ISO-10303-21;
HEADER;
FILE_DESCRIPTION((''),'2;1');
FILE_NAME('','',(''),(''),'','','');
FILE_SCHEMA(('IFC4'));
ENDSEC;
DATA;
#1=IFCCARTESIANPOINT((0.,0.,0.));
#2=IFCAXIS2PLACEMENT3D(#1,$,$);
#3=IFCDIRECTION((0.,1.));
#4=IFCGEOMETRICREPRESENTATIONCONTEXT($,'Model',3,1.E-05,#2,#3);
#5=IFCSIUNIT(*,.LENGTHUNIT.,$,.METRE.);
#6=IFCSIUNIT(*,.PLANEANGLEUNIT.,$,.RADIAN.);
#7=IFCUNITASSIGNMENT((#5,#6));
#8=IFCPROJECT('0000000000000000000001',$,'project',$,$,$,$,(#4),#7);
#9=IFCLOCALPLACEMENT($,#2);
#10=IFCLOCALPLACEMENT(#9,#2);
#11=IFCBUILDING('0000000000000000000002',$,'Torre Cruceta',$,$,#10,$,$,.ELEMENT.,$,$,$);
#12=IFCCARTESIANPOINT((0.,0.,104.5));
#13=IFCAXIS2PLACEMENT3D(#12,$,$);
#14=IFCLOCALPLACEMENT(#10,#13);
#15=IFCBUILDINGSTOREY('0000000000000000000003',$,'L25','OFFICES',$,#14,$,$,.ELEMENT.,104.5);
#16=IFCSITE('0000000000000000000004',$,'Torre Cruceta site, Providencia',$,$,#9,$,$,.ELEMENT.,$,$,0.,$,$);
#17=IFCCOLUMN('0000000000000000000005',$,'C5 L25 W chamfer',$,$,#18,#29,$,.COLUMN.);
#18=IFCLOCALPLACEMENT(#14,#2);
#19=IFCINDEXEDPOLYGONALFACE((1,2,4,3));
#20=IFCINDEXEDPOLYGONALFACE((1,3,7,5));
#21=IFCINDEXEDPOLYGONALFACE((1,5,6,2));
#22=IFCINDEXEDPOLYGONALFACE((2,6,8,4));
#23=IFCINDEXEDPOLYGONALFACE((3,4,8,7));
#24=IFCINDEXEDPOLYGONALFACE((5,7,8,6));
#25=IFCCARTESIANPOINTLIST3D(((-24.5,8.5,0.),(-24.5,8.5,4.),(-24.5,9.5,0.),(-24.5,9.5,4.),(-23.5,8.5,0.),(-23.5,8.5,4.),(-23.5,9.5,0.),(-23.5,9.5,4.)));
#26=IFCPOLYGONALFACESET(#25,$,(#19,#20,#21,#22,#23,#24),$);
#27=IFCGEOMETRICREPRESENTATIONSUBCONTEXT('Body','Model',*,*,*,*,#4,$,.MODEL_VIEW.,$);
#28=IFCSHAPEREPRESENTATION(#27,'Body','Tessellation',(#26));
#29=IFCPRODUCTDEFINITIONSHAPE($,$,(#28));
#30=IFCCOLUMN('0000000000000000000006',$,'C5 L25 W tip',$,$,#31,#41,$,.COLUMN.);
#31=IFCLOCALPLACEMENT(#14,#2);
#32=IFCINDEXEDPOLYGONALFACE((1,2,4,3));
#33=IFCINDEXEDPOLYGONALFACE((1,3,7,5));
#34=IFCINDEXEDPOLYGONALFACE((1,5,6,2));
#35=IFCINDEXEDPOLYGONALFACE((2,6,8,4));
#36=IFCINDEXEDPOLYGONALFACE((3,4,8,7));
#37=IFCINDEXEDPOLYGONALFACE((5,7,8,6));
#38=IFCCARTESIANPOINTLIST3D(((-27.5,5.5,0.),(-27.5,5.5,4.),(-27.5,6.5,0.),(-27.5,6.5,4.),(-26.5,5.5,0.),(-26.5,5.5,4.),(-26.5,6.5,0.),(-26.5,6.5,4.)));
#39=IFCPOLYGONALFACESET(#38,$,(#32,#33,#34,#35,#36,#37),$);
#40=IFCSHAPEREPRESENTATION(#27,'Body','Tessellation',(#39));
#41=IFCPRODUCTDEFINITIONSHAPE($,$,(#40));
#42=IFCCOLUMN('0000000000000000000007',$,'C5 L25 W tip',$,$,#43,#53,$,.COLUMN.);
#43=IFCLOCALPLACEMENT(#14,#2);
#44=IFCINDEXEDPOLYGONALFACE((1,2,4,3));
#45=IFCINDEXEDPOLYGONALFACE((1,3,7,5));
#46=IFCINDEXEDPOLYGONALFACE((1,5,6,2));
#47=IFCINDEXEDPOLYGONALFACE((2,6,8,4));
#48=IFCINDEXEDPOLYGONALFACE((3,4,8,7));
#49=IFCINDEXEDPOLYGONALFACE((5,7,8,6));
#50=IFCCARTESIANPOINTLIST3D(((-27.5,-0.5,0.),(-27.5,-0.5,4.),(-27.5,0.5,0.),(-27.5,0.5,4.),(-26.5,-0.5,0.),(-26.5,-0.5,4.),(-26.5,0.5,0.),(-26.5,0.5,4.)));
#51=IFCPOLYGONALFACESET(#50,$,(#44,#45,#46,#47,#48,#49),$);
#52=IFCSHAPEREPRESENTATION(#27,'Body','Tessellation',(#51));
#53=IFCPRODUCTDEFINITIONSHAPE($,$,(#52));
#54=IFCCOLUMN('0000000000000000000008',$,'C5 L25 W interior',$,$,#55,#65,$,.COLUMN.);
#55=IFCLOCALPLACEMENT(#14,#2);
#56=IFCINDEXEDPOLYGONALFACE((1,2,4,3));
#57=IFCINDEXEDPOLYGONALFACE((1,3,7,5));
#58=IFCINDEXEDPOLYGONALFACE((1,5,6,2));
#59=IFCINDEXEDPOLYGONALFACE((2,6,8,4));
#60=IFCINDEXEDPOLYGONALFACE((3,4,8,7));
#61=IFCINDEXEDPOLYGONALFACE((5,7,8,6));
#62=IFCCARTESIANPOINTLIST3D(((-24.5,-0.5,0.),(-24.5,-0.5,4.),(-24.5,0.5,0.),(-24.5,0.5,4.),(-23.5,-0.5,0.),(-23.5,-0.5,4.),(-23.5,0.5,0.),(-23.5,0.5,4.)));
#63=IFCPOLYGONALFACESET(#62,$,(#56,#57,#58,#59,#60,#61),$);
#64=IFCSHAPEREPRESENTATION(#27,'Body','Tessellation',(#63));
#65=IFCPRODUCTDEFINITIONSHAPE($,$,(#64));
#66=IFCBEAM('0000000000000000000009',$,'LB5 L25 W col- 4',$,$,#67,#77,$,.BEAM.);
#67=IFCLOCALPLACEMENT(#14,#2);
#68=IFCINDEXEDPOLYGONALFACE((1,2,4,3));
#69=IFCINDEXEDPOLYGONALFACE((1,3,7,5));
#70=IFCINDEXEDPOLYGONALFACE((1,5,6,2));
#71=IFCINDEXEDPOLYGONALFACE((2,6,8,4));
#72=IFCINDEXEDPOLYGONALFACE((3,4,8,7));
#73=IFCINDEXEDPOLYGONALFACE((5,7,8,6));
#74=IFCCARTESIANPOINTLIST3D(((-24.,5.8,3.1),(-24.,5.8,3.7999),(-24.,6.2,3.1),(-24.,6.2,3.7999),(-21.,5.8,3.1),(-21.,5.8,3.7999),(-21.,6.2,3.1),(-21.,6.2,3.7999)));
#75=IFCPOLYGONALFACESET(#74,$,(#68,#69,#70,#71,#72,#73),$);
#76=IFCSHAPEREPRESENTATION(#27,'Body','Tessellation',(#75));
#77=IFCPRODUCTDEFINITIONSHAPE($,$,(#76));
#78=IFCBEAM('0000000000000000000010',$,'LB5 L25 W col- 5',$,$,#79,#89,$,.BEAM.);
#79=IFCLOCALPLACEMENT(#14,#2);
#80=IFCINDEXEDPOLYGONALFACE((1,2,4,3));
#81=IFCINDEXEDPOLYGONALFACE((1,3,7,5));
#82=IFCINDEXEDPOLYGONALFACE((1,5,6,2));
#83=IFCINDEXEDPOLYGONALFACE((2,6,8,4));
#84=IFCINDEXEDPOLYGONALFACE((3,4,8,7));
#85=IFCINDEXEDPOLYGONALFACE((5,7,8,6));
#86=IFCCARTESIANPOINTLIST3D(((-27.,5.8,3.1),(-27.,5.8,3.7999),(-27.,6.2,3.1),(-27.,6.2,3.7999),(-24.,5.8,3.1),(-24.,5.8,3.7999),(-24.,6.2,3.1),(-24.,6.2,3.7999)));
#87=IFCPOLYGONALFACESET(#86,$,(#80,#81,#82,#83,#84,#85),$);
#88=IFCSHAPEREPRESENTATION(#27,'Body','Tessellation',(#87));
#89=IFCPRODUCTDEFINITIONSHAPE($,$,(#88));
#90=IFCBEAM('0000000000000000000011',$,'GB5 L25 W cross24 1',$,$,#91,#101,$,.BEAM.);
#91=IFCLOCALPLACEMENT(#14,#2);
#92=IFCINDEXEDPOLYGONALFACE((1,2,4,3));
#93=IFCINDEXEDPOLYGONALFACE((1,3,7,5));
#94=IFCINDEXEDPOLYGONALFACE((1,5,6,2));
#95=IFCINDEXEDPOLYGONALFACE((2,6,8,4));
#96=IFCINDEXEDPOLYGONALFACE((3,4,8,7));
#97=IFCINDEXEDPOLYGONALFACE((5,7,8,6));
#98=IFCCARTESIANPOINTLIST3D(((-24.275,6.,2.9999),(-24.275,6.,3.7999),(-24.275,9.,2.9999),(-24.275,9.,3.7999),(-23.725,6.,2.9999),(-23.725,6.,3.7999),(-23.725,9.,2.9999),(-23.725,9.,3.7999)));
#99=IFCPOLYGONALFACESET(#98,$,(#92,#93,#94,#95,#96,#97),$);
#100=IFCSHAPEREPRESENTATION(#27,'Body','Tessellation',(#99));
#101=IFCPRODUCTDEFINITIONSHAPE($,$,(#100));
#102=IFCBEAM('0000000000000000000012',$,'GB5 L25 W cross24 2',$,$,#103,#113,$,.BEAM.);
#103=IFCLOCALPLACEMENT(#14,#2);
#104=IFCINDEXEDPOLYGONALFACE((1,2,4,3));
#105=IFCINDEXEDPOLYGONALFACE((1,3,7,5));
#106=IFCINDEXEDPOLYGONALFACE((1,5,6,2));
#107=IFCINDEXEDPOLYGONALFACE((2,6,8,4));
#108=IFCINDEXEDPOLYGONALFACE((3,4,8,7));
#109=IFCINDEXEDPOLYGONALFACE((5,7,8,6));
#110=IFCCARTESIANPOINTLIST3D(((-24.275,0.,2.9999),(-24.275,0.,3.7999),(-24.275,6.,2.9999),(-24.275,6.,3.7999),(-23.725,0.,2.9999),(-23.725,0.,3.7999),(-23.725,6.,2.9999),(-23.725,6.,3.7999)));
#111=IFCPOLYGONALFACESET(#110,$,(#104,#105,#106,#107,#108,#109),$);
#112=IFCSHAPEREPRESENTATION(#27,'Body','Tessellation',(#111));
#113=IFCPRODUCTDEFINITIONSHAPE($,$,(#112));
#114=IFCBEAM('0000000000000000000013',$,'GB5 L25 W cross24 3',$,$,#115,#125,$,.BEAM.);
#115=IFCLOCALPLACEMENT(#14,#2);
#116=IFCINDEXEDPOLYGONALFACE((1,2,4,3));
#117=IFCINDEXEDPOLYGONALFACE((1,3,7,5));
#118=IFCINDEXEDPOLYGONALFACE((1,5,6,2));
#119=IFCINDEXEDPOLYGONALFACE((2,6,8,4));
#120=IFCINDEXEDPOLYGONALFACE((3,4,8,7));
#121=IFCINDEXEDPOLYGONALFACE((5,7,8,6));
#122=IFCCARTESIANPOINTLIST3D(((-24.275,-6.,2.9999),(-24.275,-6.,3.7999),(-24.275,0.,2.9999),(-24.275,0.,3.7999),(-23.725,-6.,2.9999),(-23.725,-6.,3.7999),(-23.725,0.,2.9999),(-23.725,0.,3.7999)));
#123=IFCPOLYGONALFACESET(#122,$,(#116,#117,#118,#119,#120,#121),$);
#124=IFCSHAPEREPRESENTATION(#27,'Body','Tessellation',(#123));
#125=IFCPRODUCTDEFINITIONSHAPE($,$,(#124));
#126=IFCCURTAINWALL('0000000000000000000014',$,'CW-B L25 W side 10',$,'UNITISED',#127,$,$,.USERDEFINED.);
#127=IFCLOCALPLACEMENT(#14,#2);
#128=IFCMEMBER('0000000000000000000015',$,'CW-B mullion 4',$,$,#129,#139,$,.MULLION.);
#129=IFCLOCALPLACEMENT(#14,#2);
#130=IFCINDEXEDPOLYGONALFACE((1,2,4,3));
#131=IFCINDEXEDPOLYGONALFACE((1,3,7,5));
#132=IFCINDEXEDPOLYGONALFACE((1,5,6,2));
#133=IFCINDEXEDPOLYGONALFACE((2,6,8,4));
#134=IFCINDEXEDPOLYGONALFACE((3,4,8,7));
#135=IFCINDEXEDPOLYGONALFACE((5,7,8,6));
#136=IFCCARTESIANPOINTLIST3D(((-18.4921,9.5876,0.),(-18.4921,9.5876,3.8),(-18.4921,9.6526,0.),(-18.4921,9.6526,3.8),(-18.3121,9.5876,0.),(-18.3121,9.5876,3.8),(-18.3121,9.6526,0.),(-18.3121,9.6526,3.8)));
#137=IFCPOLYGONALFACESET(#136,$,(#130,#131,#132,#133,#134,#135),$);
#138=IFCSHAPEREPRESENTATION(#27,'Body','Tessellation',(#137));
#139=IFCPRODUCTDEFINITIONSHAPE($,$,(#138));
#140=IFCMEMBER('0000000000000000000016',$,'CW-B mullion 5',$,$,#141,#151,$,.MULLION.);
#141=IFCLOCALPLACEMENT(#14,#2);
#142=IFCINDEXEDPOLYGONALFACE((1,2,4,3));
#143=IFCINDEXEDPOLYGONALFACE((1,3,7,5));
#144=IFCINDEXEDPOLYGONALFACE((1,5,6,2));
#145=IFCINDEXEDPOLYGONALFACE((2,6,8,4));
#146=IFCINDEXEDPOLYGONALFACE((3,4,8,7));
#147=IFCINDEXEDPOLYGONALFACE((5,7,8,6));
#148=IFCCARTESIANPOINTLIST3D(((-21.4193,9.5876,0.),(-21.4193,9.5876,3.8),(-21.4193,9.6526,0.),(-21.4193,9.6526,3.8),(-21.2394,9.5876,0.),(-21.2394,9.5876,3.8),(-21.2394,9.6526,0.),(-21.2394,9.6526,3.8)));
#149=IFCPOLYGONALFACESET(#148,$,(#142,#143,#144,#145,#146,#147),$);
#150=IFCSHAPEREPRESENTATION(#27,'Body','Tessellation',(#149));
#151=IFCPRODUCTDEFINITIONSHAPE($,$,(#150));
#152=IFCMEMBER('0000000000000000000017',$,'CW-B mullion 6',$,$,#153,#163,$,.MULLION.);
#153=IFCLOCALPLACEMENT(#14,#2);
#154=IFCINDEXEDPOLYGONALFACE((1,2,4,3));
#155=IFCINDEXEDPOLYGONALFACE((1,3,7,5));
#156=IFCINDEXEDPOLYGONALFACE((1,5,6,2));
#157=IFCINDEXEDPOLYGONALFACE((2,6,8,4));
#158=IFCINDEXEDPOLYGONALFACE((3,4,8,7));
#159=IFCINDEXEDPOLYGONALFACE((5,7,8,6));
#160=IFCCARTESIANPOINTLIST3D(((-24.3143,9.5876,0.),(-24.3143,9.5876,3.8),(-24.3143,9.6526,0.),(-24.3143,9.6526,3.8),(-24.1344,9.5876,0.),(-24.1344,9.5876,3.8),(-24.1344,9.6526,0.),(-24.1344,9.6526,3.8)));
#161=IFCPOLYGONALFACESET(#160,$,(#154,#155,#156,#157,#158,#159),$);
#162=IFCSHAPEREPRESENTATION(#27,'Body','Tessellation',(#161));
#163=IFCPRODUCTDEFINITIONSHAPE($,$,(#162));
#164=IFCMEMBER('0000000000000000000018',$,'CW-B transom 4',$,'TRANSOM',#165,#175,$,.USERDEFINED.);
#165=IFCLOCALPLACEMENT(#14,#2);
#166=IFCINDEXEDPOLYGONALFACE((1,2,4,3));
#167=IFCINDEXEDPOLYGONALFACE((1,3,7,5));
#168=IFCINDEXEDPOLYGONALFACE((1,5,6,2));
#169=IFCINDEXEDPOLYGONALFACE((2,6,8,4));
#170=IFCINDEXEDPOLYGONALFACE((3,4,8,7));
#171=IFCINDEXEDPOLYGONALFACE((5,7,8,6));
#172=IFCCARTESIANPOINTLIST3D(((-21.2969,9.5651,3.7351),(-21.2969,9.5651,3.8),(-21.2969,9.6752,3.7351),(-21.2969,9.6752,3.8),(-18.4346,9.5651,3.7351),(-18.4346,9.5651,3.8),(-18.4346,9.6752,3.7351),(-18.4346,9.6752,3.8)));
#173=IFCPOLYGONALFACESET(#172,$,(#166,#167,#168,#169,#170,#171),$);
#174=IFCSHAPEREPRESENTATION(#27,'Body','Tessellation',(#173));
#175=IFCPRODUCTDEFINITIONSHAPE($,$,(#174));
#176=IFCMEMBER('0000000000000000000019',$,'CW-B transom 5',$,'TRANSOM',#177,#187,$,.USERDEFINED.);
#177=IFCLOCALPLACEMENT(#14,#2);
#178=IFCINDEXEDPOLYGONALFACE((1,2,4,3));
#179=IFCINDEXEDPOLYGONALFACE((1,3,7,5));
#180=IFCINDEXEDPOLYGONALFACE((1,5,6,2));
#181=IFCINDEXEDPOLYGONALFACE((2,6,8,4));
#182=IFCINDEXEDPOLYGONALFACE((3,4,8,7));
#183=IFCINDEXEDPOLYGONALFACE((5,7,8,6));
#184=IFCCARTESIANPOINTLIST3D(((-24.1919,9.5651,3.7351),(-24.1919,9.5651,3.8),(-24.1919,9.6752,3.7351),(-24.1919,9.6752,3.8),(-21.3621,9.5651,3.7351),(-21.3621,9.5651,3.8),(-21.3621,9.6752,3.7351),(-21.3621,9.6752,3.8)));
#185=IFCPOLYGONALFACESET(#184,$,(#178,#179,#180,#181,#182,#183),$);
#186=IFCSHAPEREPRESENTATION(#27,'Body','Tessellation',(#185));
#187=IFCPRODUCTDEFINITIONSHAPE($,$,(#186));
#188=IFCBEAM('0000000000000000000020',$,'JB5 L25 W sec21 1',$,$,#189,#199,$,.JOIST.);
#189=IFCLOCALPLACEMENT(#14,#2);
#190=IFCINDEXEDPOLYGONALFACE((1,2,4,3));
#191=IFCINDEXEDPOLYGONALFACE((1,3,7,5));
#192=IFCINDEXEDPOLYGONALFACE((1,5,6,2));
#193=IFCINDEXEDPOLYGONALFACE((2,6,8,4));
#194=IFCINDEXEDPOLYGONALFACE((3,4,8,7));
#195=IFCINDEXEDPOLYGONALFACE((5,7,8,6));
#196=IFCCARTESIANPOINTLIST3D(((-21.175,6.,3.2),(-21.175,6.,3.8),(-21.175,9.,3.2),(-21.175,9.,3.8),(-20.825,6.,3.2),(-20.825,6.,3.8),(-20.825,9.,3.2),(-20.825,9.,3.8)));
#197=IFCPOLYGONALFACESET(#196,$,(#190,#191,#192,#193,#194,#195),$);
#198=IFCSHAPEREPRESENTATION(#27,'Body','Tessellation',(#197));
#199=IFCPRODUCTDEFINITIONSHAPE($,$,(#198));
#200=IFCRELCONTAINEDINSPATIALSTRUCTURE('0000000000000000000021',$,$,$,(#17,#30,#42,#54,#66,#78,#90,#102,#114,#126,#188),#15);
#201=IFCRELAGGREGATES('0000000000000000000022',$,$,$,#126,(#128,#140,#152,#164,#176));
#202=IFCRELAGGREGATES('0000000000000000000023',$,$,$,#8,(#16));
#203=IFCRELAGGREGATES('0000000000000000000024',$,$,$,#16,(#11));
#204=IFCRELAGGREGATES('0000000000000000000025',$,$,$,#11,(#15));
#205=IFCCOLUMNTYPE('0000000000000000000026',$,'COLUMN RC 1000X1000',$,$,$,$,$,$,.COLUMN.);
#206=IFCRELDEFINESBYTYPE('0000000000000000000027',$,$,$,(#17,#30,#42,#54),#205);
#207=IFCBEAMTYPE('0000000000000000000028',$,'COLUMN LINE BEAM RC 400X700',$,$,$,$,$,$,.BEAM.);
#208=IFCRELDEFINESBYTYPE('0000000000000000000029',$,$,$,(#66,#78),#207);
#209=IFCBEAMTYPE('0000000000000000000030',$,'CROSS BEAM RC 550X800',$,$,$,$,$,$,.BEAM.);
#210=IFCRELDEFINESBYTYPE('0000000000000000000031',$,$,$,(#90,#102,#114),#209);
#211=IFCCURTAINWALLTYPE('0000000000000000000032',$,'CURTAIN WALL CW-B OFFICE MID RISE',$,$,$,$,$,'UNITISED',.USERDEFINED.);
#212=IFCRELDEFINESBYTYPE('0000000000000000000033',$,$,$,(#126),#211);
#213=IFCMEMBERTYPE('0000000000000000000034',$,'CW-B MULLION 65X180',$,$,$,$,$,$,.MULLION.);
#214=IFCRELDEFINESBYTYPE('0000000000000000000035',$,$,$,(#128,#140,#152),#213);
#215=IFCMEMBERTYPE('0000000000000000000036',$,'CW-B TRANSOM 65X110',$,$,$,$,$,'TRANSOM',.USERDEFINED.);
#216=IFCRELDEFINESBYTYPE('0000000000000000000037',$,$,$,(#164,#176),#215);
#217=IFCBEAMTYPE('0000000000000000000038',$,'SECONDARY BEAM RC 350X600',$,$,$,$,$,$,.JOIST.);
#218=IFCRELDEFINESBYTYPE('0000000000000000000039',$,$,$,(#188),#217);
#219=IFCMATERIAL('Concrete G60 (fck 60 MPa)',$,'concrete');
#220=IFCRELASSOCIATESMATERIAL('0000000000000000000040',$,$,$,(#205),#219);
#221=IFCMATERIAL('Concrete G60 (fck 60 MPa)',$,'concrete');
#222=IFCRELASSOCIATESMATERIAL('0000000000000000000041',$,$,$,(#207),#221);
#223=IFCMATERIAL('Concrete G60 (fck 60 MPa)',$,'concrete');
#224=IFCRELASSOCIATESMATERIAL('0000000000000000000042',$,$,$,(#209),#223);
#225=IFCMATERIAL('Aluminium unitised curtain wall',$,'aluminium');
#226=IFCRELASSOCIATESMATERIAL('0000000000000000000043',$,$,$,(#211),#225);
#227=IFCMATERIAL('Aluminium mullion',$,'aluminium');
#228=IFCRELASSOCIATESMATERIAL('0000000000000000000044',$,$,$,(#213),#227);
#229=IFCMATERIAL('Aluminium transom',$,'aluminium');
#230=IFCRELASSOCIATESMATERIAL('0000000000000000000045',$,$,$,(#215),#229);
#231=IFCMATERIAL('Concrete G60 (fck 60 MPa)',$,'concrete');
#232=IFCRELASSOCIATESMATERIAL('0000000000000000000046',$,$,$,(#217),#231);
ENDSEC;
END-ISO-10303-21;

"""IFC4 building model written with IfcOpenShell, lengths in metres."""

from ifc_helpers import new_model, si_unit, direction, frame, origin, origin_2d, place, context, subcontext, project, spatial, rectangle, extrude, material, material_profile, profile_set, type_object, element, aggregate, save


model = new_model("IFC4")

# Units and contexts
model_context = context("Model", 3, precision=1e-05, world=origin(), true_north=direction((0.0, 1.0)))
body_context = subcontext(model_context, "Body", "Model", "MODEL_VIEW")
ifc_project = project(units=[si_unit("LENGTHUNIT", "METRE"), si_unit("PLANEANGLEUNIT", "RADIAN")], contexts=[model_context])

# Site, building, storey
site_placement = place(None, origin())
site = spatial("IfcSite", under=ifc_project, at=site_placement, Name="Torre Cruceta site, Providencia", CompositionType="ELEMENT", RefElevation=0.0)
building_placement = place(site_placement, origin())
building = spatial("IfcBuilding", under=site, at=building_placement, Name="Torre Cruceta", CompositionType="ELEMENT")
storey_placement = place(building_placement, frame((0.0, 0.0, 104.5)))
storey = spatial("IfcBuildingStorey", under=building, at=storey_placement, Name="L25", Description="OFFICES", CompositionType="ELEMENT", Elevation=104.5)

# Columns
ifc_material_1 = material(Name="Concrete G60 (fck 60 MPa)", Category="concrete")
ifc_material_profile_1 = material_profile(ifc_material_1, rectangle(XDim=1.0, YDim=1.0, at=origin_2d()), Name="RC 1000X1000")
ifc_profile_set_1 = profile_set([ifc_material_profile_1], Name="Concrete G60 (fck 60 MPa)")
column_type = type_object("IfcColumnType", Name="COLUMN RC 1000X1000", PredefinedType="COLUMN", material=ifc_profile_set_1)
for number, where, z_axis, x_axis, name in (
    (1, (-24.0, 9.0, 0.0), (0.0, 0.0, 1.0), (1.0, 0.0, 0.0), "C5 L25 W chamfer"),
    (2, (-27.0, 6.0, 0.0), (0.0, 0.0, 1.0), (1.0, 0.0, 0.0), "C5 L25 W tip"),
    (3, (-27.0, 0.0, 0.0), (0.0, 0.0, 1.0), (1.0, 0.0, 0.0), "C5 L25 W tip"),
    (4, (-24.0, 0.0, 0.0), (0.0, 0.0, 1.0), (1.0, 0.0, 0.0), "C5 L25 W interior"),
):
    element("IfcColumn", number, at=place(storey_placement, frame(where, z_axis=z_axis, x_axis=x_axis)), inside=storey, type_object=column_type, Name=name, PredefinedType="COLUMN", context=body_context, shape_type="SweptSolid", body=[
        extrude(rectangle(XDim=1.0, YDim=1.0, at=origin_2d()), origin(), (0.0, 0.0, 1.0), 4.0),
    ])

# Beams
ifc_material_2 = material(Name="Concrete G60 (fck 60 MPa)", Category="concrete")
ifc_material_profile_2 = material_profile(ifc_material_2, rectangle(XDim=0.3999, YDim=0.7, at=origin_2d()), Name="RC 400X700")
ifc_profile_set_2 = profile_set([ifc_material_profile_2], Name="Concrete G60 (fck 60 MPa)")
beam_type_1 = type_object("IfcBeamType", Name="COLUMN LINE BEAM RC 400X700", PredefinedType="BEAM", material=ifc_profile_set_2)
for number, where, z_axis, x_axis, name in (
    (5, (-21.0, 6.0, 3.45), (-1.0, 0.0, 0.0), (0.0, -1.0, 0.0), "LB5 L25 W col- 4"),
    (6, (-24.0, 6.0, 3.45), (-1.0, 0.0, 0.0), (0.0, -1.0, 0.0), "LB5 L25 W col- 5"),
):
    element("IfcBeam", number, at=place(storey_placement, frame(where, z_axis=z_axis, x_axis=x_axis)), inside=storey, type_object=beam_type_1, Name=name, PredefinedType="BEAM", context=body_context, shape_type="SweptSolid", body=[
        extrude(rectangle(XDim=0.3999, YDim=0.7, at=origin_2d()), origin(), (0.0, 0.0, 1.0), 3.0),
    ])
ifc_material_3 = material(Name="Concrete G60 (fck 60 MPa)", Category="concrete")
ifc_material_profile_3 = material_profile(ifc_material_3, rectangle(XDim=0.55, YDim=0.8, at=origin_2d()), Name="RC 550X800")
ifc_profile_set_3 = profile_set([ifc_material_profile_3], Name="Concrete G60 (fck 60 MPa)")
beam_type_2 = type_object("IfcBeamType", Name="CROSS BEAM RC 550X800", PredefinedType="BEAM", material=ifc_profile_set_3)
beam_1_placement = place(storey_placement, frame((-24.0, 9.0, 3.3999), z_axis=(0.0, -1.0, 0.0), x_axis=(1.0, 0.0, 0.0)))
element("IfcBeam", 7, at=beam_1_placement, inside=storey, type_object=beam_type_2, Name="GB5 L25 W cross24 1", PredefinedType="BEAM", context=body_context, shape_type="SweptSolid", body=[
    extrude(rectangle(XDim=0.55, YDim=0.8, at=origin_2d()), origin(), (0.0, 0.0, 1.0), 3.0),
])
for number, where, z_axis, x_axis, name in (
    (8, (-24.0, 6.0, 3.3999), (0.0, -1.0, 0.0), (1.0, 0.0, 0.0), "GB5 L25 W cross24 2"),
    (9, (-24.0, 0.0, 3.3999), (0.0, -1.0, 0.0), (1.0, 0.0, 0.0), "GB5 L25 W cross24 3"),
):
    element("IfcBeam", number, at=place(storey_placement, frame(where, z_axis=z_axis, x_axis=x_axis)), inside=storey, type_object=beam_type_2, Name=name, PredefinedType="BEAM", context=body_context, shape_type="SweptSolid", body=[
        extrude(rectangle(XDim=0.55, YDim=0.8, at=origin_2d()), origin(), (0.0, 0.0, 1.0), 6.0),
    ])

# Curtain wall, members
ifc_material_4 = material(Name="Aluminium unitised curtain wall", Category="aluminium")
curtain_wall_type = type_object("IfcCurtainWallType", Name="CURTAIN WALL CW-B OFFICE MID RISE", ElementType="UNITISED", PredefinedType="USERDEFINED", material=ifc_material_4)
curtain_wall_placement = place(storey_placement, origin())
curtain_wall = element("IfcCurtainWall", 10, at=curtain_wall_placement, inside=storey, type_object=curtain_wall_type, Name="CW-B L25 W side 10", ObjectType="UNITISED", PredefinedType="USERDEFINED")
ifc_material_5 = material(Name="Aluminium mullion", Category="aluminium")
ifc_material_profile_4 = material_profile(ifc_material_5, rectangle(XDim=0.0649, YDim=0.1799, at=origin_2d()), Name="AL 65X180")
ifc_profile_set_4 = profile_set([ifc_material_profile_4], Name="Aluminium mullion")
member_type_1 = type_object("IfcMemberType", Name="CW-B MULLION 65X180", PredefinedType="MULLION", material=ifc_profile_set_4)
member_1_placement = place(storey_placement, frame((-18.4021, 9.6201, 0.0), z_axis=(0.0, 0.0, 1.0), x_axis=(0.0, -1.0, 0.0)))
member_1 = element("IfcMember", 11, at=member_1_placement, type_object=member_type_1, Name="CW-B mullion 4", PredefinedType="MULLION", context=body_context, shape_type="SweptSolid", body=[
    extrude(rectangle(XDim=0.0649, YDim=0.1799, at=origin_2d()), origin(), (0.0, 0.0, 1.0), 3.8),
])
member_2_placement = place(storey_placement, frame((-21.3293, 9.6201, 0.0), z_axis=(0.0, 0.0, 1.0), x_axis=(0.0, -1.0, 0.0)))
member_2 = element("IfcMember", 12, at=member_2_placement, type_object=member_type_1, Name="CW-B mullion 5", PredefinedType="MULLION", context=body_context, shape_type="SweptSolid", body=[
    extrude(rectangle(XDim=0.0649, YDim=0.1799, at=origin_2d()), origin(), (0.0, 0.0, 1.0), 3.8),
])
member_3_placement = place(storey_placement, frame((-24.2244, 9.6201, 0.0), z_axis=(0.0, 0.0, 1.0), x_axis=(0.0, -1.0, 0.0)))
member_3 = element("IfcMember", 13, at=member_3_placement, type_object=member_type_1, Name="CW-B mullion 6", PredefinedType="MULLION", context=body_context, shape_type="SweptSolid", body=[
    extrude(rectangle(XDim=0.0649, YDim=0.1799, at=origin_2d()), origin(), (0.0, 0.0, 1.0), 3.8),
])
ifc_material_6 = material(Name="Aluminium transom", Category="aluminium")
ifc_material_profile_5 = material_profile(ifc_material_6, rectangle(XDim=0.1101, YDim=0.0649, at=origin_2d()), Name="AL 110X65")
ifc_profile_set_5 = profile_set([ifc_material_profile_5], Name="Aluminium transom")
member_type_2 = type_object("IfcMemberType", Name="CW-B TRANSOM 65X110", ElementType="TRANSOM", PredefinedType="USERDEFINED", material=ifc_profile_set_5)
member_4_placement = place(storey_placement, frame((-18.4346, 9.6201, 3.7676), z_axis=(-1.0, 0.0, 0.0), x_axis=(0.0, -1.0, 0.0)))
member_4 = element("IfcMember", 14, at=member_4_placement, type_object=member_type_2, Name="CW-B transom 4", ObjectType="TRANSOM", PredefinedType="USERDEFINED", context=body_context, shape_type="SweptSolid", body=[
    extrude(rectangle(XDim=0.1101, YDim=0.0649, at=origin_2d()), origin(), (0.0, 0.0, 1.0), 2.8623),
])
member_5_placement = place(storey_placement, frame((-21.3621, 9.6201, 3.7676), z_axis=(-1.0, 0.0, 0.0), x_axis=(0.0, -1.0, 0.0)))
member_5 = element("IfcMember", 15, at=member_5_placement, type_object=member_type_2, Name="CW-B transom 5", ObjectType="TRANSOM", PredefinedType="USERDEFINED", context=body_context, shape_type="SweptSolid", body=[
    extrude(rectangle(XDim=0.1101, YDim=0.0649, at=origin_2d()), origin(), (0.0, 0.0, 1.0), 2.8298),
])

# Beam
ifc_material_7 = material(Name="Concrete G60 (fck 60 MPa)", Category="concrete")
ifc_material_profile_6 = material_profile(ifc_material_7, rectangle(XDim=0.3501, YDim=0.6001, at=origin_2d()), Name="RC 350X600")
ifc_profile_set_6 = profile_set([ifc_material_profile_6], Name="Concrete G60 (fck 60 MPa)")
beam_type_3 = type_object("IfcBeamType", Name="SECONDARY BEAM RC 350X600", PredefinedType="JOIST", material=ifc_profile_set_6)
beam_2_placement = place(storey_placement, frame((-21.0, 9.0, 3.5), z_axis=(0.0, -1.0, 0.0), x_axis=(1.0, 0.0, 0.0)))
element("IfcBeam", 16, at=beam_2_placement, inside=storey, type_object=beam_type_3, Name="JB5 L25 W sec21 1", PredefinedType="JOIST", context=body_context, shape_type="SweptSolid", body=[
    extrude(rectangle(XDim=0.3501, YDim=0.6001, at=origin_2d()), origin(), (0.0, 0.0, 1.0), 3.0),
])

aggregate(curtain_wall, [member_1, member_2, member_3, member_4, member_5])

save(model, "model.ifc")
